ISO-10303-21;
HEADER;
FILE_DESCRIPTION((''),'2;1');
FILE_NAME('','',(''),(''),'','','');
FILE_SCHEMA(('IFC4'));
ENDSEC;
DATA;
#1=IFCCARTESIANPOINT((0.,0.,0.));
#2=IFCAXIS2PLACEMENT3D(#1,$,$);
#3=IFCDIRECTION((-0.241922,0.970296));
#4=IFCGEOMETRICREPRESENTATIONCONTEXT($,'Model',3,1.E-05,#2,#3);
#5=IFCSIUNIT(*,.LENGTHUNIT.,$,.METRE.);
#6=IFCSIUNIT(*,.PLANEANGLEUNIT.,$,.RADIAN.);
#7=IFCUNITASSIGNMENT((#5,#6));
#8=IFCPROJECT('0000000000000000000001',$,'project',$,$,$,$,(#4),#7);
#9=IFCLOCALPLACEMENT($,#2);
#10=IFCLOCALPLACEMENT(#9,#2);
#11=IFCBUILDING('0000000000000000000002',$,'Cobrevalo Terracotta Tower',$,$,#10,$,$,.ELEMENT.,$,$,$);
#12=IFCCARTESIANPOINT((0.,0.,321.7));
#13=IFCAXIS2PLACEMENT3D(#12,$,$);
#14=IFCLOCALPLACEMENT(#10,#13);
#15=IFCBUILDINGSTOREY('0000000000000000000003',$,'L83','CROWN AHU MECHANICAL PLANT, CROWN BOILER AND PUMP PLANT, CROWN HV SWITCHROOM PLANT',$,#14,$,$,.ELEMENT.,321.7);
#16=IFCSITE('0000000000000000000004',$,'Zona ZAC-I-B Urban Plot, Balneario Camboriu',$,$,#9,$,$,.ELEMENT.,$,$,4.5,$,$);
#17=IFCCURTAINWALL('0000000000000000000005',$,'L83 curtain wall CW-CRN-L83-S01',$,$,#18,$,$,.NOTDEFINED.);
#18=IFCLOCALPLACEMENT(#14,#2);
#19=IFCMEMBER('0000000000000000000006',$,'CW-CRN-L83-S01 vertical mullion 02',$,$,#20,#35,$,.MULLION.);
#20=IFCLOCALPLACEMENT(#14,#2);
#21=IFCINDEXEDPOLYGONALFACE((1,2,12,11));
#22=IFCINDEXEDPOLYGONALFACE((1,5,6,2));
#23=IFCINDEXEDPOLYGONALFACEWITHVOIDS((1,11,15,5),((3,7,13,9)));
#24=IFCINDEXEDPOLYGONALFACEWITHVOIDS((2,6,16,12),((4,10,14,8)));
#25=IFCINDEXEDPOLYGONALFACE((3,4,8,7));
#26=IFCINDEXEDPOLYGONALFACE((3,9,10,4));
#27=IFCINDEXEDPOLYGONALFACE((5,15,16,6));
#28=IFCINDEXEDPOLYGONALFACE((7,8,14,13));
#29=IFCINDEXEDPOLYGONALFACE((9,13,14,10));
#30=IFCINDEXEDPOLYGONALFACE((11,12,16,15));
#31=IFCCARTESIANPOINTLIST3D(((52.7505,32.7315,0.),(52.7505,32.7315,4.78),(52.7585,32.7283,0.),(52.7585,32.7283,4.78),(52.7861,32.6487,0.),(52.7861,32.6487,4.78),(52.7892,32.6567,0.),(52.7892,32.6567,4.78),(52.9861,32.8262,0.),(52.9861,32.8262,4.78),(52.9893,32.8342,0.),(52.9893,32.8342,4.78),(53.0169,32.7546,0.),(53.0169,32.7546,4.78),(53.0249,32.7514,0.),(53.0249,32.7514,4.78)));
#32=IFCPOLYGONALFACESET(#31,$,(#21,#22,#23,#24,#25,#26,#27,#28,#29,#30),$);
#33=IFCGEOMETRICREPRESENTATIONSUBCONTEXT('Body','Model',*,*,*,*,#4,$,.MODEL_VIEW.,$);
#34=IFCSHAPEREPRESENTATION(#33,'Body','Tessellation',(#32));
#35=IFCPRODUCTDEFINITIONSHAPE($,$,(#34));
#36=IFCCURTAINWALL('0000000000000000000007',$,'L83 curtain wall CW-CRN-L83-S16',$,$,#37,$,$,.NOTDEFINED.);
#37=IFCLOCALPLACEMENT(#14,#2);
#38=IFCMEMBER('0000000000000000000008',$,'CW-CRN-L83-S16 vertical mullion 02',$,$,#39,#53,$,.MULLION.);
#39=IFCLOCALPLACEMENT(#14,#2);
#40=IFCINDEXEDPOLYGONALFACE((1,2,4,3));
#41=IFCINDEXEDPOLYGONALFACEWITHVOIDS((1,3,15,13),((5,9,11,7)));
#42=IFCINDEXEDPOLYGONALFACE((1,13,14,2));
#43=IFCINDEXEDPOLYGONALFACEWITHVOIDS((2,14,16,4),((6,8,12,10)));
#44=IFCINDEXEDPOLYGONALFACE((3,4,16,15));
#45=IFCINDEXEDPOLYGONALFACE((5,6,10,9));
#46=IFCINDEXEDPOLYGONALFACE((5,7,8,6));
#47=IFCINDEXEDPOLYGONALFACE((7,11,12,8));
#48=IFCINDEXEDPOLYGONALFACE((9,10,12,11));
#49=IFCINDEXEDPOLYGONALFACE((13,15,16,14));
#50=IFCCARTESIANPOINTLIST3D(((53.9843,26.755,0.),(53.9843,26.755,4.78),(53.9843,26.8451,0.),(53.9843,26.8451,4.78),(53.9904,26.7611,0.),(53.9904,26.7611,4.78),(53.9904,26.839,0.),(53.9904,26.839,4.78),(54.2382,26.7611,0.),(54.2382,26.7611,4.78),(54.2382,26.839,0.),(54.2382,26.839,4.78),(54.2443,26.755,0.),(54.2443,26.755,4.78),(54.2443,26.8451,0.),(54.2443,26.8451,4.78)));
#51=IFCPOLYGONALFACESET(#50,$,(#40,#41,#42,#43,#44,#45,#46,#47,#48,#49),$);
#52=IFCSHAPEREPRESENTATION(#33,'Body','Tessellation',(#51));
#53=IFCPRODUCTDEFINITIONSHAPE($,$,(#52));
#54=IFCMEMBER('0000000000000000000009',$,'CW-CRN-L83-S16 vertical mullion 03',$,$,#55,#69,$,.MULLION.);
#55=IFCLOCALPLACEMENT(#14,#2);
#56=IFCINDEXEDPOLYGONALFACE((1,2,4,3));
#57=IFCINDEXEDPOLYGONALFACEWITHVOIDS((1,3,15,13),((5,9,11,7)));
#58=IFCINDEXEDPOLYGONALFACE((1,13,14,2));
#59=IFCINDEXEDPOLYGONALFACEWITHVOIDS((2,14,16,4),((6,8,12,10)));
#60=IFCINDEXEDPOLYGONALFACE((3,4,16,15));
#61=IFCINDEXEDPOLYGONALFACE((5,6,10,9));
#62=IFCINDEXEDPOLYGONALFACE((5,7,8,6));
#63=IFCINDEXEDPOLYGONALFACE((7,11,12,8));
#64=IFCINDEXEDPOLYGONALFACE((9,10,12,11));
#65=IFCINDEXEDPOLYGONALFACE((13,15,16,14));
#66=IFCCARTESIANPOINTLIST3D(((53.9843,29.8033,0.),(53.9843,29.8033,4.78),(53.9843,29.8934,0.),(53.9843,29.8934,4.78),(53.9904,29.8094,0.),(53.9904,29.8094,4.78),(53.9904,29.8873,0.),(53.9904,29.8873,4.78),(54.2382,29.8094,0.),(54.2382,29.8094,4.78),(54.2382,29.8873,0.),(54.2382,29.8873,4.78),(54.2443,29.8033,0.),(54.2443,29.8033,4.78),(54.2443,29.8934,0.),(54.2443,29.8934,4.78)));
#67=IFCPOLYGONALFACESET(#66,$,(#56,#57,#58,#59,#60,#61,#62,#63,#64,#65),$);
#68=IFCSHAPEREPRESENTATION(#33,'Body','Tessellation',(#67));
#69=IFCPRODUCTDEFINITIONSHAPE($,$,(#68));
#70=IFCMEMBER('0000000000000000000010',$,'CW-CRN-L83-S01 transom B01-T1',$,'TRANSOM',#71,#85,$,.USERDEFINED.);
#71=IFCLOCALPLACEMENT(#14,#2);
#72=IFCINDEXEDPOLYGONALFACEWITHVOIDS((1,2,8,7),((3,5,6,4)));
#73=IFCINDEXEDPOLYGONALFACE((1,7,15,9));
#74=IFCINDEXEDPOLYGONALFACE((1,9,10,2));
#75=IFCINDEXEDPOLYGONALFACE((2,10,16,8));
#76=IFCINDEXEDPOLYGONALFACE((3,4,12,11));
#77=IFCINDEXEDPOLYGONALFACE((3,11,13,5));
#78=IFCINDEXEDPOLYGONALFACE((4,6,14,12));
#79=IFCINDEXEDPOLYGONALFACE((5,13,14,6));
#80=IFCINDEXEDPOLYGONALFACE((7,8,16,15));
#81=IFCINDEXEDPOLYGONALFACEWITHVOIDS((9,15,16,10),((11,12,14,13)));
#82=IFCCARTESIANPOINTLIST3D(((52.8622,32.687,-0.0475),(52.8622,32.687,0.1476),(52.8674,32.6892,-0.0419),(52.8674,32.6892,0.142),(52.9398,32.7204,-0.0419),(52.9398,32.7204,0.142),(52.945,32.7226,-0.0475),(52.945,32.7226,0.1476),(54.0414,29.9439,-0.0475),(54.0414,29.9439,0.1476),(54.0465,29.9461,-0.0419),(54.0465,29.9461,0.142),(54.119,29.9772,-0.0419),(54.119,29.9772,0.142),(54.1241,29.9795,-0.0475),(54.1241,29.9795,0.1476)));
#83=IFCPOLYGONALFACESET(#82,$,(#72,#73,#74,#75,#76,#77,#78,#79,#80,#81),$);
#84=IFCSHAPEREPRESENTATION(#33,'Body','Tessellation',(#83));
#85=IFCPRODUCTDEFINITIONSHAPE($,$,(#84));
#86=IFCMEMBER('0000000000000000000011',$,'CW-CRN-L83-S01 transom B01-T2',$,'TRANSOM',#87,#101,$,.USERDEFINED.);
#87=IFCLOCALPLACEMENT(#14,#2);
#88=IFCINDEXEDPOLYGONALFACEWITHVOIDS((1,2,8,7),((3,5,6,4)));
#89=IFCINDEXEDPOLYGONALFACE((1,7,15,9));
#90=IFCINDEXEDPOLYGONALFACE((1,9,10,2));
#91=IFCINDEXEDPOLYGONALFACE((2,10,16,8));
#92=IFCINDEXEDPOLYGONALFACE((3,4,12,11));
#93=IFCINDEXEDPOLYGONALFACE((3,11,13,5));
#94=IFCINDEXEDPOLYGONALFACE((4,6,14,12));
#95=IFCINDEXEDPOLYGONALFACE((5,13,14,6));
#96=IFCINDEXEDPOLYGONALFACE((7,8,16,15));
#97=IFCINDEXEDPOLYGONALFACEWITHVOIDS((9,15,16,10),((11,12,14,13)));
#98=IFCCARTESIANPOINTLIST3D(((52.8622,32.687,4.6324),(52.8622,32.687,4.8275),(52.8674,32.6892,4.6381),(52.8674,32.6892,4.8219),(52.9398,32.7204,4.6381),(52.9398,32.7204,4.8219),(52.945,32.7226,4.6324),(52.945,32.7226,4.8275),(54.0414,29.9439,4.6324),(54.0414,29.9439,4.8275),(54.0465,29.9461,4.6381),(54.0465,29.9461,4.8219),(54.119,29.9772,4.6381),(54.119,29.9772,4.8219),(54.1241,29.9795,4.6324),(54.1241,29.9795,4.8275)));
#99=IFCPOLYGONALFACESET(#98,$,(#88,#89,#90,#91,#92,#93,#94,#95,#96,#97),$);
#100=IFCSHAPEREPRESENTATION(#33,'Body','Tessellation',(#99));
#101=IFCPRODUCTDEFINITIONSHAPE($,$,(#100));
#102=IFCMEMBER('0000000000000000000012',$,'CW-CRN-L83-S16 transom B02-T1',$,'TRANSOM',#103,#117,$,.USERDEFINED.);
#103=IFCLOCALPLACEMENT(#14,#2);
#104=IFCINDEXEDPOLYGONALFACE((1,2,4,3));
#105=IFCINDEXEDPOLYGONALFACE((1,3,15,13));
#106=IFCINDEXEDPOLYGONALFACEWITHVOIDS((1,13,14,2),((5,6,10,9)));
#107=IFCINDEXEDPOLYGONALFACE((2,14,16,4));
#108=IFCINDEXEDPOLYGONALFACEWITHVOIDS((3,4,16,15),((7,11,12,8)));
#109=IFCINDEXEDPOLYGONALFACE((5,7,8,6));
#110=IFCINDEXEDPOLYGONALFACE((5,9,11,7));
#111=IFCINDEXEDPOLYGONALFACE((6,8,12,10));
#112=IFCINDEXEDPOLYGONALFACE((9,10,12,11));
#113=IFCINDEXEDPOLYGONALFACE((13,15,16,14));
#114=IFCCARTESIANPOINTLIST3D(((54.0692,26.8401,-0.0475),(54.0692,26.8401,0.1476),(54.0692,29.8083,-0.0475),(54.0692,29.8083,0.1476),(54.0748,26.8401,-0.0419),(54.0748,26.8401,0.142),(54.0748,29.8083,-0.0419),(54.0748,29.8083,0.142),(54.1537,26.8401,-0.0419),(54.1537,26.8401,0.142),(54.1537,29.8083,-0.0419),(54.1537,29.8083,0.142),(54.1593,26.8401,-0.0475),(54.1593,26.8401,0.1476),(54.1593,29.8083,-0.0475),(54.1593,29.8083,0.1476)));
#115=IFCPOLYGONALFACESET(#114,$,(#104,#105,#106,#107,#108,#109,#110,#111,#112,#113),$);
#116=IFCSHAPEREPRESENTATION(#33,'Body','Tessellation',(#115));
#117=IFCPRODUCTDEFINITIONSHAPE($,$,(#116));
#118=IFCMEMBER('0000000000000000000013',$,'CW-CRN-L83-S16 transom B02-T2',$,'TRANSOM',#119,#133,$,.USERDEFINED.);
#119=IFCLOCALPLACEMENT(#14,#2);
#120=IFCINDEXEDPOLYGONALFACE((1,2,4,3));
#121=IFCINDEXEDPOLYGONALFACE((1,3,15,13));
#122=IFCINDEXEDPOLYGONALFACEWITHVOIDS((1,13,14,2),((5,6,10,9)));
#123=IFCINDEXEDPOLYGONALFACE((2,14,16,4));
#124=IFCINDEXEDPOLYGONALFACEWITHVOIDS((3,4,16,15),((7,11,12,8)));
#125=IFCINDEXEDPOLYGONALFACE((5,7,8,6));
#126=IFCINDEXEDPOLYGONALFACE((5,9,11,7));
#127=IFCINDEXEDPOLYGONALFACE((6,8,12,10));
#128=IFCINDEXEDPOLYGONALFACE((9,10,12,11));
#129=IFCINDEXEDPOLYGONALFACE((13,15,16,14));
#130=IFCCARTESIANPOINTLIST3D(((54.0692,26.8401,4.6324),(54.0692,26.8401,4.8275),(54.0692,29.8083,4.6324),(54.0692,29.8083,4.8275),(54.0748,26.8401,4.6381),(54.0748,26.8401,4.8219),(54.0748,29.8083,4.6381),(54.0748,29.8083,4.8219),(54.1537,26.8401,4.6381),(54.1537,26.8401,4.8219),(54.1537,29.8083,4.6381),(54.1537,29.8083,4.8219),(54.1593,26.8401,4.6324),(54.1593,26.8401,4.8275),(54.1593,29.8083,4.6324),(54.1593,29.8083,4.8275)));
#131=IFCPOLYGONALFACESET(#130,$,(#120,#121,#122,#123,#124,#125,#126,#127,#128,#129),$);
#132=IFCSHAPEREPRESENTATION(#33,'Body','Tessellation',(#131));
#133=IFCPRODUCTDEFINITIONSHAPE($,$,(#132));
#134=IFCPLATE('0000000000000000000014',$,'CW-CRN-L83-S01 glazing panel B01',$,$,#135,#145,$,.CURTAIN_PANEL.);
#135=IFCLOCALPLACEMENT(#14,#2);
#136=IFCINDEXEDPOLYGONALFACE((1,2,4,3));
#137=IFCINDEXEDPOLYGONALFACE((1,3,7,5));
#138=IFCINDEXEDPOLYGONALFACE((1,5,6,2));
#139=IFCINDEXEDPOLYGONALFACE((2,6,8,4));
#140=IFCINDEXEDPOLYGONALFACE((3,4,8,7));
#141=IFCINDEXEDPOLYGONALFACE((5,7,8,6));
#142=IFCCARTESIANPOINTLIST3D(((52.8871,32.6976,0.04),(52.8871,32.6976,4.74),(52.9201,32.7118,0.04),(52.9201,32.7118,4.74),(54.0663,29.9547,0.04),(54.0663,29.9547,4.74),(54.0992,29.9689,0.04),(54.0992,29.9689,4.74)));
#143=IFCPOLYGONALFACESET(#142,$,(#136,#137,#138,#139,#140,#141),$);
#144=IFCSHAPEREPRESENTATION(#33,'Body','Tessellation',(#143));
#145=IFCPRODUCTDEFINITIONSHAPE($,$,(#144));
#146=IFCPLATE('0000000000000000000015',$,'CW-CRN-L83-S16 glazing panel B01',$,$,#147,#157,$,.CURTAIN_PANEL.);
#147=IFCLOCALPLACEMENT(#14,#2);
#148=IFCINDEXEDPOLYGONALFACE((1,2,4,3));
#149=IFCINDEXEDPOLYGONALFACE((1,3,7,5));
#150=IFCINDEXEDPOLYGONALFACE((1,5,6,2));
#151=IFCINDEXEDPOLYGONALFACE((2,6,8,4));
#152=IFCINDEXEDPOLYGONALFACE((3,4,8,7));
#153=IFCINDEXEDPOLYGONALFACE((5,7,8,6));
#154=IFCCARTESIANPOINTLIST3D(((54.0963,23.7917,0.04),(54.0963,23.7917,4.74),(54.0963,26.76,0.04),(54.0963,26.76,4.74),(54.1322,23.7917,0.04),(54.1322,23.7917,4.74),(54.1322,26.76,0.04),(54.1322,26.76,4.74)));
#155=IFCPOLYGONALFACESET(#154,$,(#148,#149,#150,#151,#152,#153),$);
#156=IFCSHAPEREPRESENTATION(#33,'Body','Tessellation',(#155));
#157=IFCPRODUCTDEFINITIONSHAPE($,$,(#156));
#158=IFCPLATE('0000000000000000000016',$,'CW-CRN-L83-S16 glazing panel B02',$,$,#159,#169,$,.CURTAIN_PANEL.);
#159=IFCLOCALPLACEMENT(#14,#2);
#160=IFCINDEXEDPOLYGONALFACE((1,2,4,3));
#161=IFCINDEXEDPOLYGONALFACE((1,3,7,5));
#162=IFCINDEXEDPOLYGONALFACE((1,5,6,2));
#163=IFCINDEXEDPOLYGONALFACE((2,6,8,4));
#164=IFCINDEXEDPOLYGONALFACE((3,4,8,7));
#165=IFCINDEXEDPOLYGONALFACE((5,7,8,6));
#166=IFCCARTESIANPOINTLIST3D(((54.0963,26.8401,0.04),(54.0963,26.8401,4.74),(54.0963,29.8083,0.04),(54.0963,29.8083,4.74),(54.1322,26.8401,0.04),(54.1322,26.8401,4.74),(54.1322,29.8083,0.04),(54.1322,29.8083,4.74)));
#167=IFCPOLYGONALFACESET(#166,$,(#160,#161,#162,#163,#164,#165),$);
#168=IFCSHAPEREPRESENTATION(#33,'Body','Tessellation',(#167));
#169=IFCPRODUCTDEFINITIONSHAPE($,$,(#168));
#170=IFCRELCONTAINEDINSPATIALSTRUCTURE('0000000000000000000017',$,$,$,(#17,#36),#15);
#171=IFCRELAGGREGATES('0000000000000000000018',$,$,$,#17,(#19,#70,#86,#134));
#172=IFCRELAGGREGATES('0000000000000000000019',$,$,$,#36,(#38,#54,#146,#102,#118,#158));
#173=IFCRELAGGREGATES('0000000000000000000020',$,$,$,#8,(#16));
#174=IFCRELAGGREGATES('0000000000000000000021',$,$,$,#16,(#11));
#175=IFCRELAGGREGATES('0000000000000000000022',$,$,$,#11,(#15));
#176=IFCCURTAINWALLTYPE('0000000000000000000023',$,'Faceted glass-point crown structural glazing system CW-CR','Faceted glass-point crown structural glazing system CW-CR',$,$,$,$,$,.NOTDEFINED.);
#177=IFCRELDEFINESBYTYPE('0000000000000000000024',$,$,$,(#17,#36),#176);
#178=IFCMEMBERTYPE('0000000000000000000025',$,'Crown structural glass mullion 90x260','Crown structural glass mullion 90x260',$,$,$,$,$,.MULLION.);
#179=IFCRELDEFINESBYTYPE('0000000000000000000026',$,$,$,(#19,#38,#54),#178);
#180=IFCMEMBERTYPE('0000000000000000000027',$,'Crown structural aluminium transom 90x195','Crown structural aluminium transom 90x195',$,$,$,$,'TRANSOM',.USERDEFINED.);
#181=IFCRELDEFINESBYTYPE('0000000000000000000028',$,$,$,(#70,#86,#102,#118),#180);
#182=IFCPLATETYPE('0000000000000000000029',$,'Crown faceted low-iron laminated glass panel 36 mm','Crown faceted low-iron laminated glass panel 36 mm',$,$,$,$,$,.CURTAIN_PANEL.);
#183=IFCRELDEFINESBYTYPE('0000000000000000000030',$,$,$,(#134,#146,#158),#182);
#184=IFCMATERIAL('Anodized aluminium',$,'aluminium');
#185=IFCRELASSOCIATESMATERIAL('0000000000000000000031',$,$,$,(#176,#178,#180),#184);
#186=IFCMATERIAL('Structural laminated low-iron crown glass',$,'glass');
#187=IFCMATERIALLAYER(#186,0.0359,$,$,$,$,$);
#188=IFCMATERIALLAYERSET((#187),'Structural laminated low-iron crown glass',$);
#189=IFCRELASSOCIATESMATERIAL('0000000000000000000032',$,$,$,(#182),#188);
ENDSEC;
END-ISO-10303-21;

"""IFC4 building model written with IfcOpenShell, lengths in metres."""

from ifc_helpers import new_model, si_unit, direction, frame, origin, origin_2d, place, context, subcontext, project, spatial, rectangle, hollow_rectangle, extrude, source, transform, mapped, material, layer, layer_set, material_profile, profile_set, type_object, element, aggregate, save


model = new_model("IFC4")

# Units and contexts
model_context = context("Model", 3, precision=1e-05, world=origin(), true_north=direction((-0.241922, 0.970296)))
body_context = subcontext(model_context, "Body", "Model", "MODEL_VIEW")
ifc_project = project(units=[si_unit("LENGTHUNIT", "METRE"), si_unit("PLANEANGLEUNIT", "RADIAN")], contexts=[model_context])

# Site, building, storey
site_placement = place(None, origin())
site = spatial("IfcSite", under=ifc_project, at=site_placement, Name="Zona ZAC-I-B Urban Plot, Balneario Camboriu", CompositionType="ELEMENT", RefElevation=4.5)
building_placement = place(site_placement, origin())
building = spatial("IfcBuilding", under=site, at=building_placement, Name="Cobrevalo Terracotta Tower", CompositionType="ELEMENT")
storey_placement = place(building_placement, frame((0.0, 0.0, 321.7)))
storey = spatial("IfcBuildingStorey", under=building, at=storey_placement, Name="L83", Description="CROWN AHU MECHANICAL PLANT, CROWN BOILER AND PUMP PLANT, CROWN HV SWITCHROOM PLANT", CompositionType="ELEMENT", Elevation=321.7)

# Curtain walls, members
ifc_material_1 = material(Name="Anodized aluminium", Category="aluminium")
curtain_wall_type = type_object("IfcCurtainWallType", Name="Faceted glass-point crown structural glazing system CW-CR", Description="Faceted glass-point crown structural glazing system CW-CR", PredefinedType="NOTDEFINED", material=ifc_material_1)
curtain_wall_1_placement = place(storey_placement, origin())
curtain_wall_1 = element("IfcCurtainWall", 1, at=curtain_wall_1_placement, inside=storey, type_object=curtain_wall_type, Name="L83 curtain wall CW-CRN-L83-S01", PredefinedType="NOTDEFINED")
ifc_material_profile_1 = material_profile(ifc_material_1, hollow_rectangle(XDim=0.0901, YDim=0.26, WallThickness=0.0061, at=origin_2d()), Name="CWM 90x260")
ifc_profile_set_1 = profile_set([ifc_material_profile_1], Name="Anodized aluminium")
member_type_1 = type_object("IfcMemberType", Name="Crown structural glass mullion 90x260", Description="Crown structural glass mullion 90x260", PredefinedType="MULLION", material=ifc_profile_set_1)
shared_shape_1 = source(origin(), body_context, "Body", "SweptSolid", [
    extrude(hollow_rectangle(XDim=0.0901, YDim=0.26, WallThickness=0.0061, at=origin_2d()), origin(), (0.0, 0.0, 1.0), 4.78),
])
member_1_placement = place(storey_placement, frame((52.8877, 32.7415, 0.0), z_axis=(0.0, 0.0, 1.0), x_axis=(-0.394968, 0.918695, 0.0)))
member_1 = element("IfcMember", 2, at=member_1_placement, type_object=member_type_1, Name="CW-CRN-L83-S01 vertical mullion 02", PredefinedType="MULLION", context=body_context, shape_type="MappedRepresentation", body=[
    mapped(shared_shape_1, transform((0.0, 0.0, 0.0), scale=1.0)),
])
curtain_wall_2_placement = place(storey_placement, origin())
curtain_wall_2 = element("IfcCurtainWall", 3, at=curtain_wall_2_placement, inside=storey, type_object=curtain_wall_type, Name="L83 curtain wall CW-CRN-L83-S16", PredefinedType="NOTDEFINED")
member_2_placement = place(storey_placement, frame((54.1143, 26.8, 0.0), z_axis=(0.0, 0.0, 1.0), x_axis=(0.0, 1.0, 0.0)))
member_2 = element("IfcMember", 4, at=member_2_placement, type_object=member_type_1, Name="CW-CRN-L83-S16 vertical mullion 02", PredefinedType="MULLION", context=body_context, shape_type="MappedRepresentation", body=[
    mapped(shared_shape_1, transform((0.0, 0.0, 0.0), scale=1.0)),
])
member_3_placement = place(storey_placement, frame((54.1143, 29.8484, 0.0), z_axis=(0.0, 0.0, 1.0), x_axis=(0.0, 1.0, 0.0)))
member_3 = element("IfcMember", 5, at=member_3_placement, type_object=member_type_1, Name="CW-CRN-L83-S16 vertical mullion 03", PredefinedType="MULLION", context=body_context, shape_type="MappedRepresentation", body=[
    mapped(shared_shape_1, transform((0.0, 0.0, 0.0), scale=1.0)),
])

# Members
ifc_material_profile_2 = material_profile(ifc_material_1, hollow_rectangle(XDim=0.0901, YDim=0.1951, WallThickness=0.0056, at=origin_2d()), Name="CWT 90x195")
ifc_profile_set_2 = profile_set([ifc_material_profile_2], Name="Anodized aluminium")
member_type_2 = type_object("IfcMemberType", Name="Crown structural aluminium transom 90x195", Description="Crown structural aluminium transom 90x195", ElementType="TRANSOM", PredefinedType="USERDEFINED", material=ifc_profile_set_2)
shared_shape_2 = source(origin(), body_context, "Body", "SweptSolid", [
    extrude(hollow_rectangle(XDim=0.0901, YDim=0.1951, WallThickness=0.0056, at=origin_2d()), origin(), (0.0, 0.0, 1.0), 2.9858),
])
member_4_placement = place(storey_placement, frame((54.0828, 29.9617, 0.05), z_axis=(-0.394926, 0.918713, 0.0), x_axis=(-0.918713, -0.394926, 0.0)))
member_4 = element("IfcMember", 6, at=member_4_placement, type_object=member_type_2, Name="CW-CRN-L83-S01 transom B01-T1", ObjectType="TRANSOM", PredefinedType="USERDEFINED", context=body_context, shape_type="MappedRepresentation", body=[
    mapped(shared_shape_2, transform((0.0, 0.0, 0.0), scale=1.0)),
])
member_5_placement = place(storey_placement, frame((54.0828, 29.9617, 4.73), z_axis=(-0.394926, 0.918713, 0.0), x_axis=(-0.918713, -0.394926, 0.0)))
member_5 = element("IfcMember", 7, at=member_5_placement, type_object=member_type_2, Name="CW-CRN-L83-S01 transom B01-T2", ObjectType="TRANSOM", PredefinedType="USERDEFINED", context=body_context, shape_type="MappedRepresentation", body=[
    mapped(shared_shape_2, transform((0.0, 0.0, 0.0), scale=1.0)),
])
shared_shape_3 = source(origin(), body_context, "Body", "SweptSolid", [
    extrude(hollow_rectangle(XDim=0.0901, YDim=0.1951, WallThickness=0.0056, at=origin_2d()), origin(), (0.0, 0.0, 1.0), 2.9683),
])
member_6_placement = place(storey_placement, frame((54.1143, 26.8401, 0.05), z_axis=(0.0, 1.0, 0.0), x_axis=(-1.0, 0.0, 0.0)))
member_6 = element("IfcMember", 8, at=member_6_placement, type_object=member_type_2, Name="CW-CRN-L83-S16 transom B02-T1", ObjectType="TRANSOM", PredefinedType="USERDEFINED", context=body_context, shape_type="MappedRepresentation", body=[
    mapped(shared_shape_3, transform((0.0, 0.0, 0.0), scale=1.0)),
])
member_7_placement = place(storey_placement, frame((54.1143, 26.8401, 4.73), z_axis=(0.0, 1.0, 0.0), x_axis=(-1.0, 0.0, 0.0)))
member_7 = element("IfcMember", 9, at=member_7_placement, type_object=member_type_2, Name="CW-CRN-L83-S16 transom B02-T2", ObjectType="TRANSOM", PredefinedType="USERDEFINED", context=body_context, shape_type="MappedRepresentation", body=[
    mapped(shared_shape_3, transform((0.0, 0.0, 0.0), scale=1.0)),
])

# Plates
ifc_material_2 = material(Name="Structural laminated low-iron crown glass", Category="glass")
ifc_layer_1 = layer(ifc_material_2, 0.0359)
ifc_layer_set_1 = layer_set([ifc_layer_1], Name="Structural laminated low-iron crown glass")
plate_type = type_object("IfcPlateType", Name="Crown faceted low-iron laminated glass panel 36 mm", Description="Crown faceted low-iron laminated glass panel 36 mm", PredefinedType="CURTAIN_PANEL", material=ifc_layer_set_1)
shared_shape_4 = source(origin(), body_context, "Body", "SweptSolid", [
    extrude(rectangle(XDim=2.9856, YDim=0.0359, at=origin_2d()), origin(), (0.0, 0.0, 1.0), 4.7),
])
plate_1_placement = place(storey_placement, frame((53.4932, 31.3333, 0.04), z_axis=(0.0, 0.0, 1.0), x_axis=(-0.39496, 0.918698, 0.0)))
plate_1 = element("IfcPlate", 10, at=plate_1_placement, type_object=plate_type, Name="CW-CRN-L83-S01 glazing panel B01", PredefinedType="CURTAIN_PANEL", context=body_context, shape_type="MappedRepresentation", body=[
    mapped(shared_shape_4, transform((0.0, 0.0, 0.0), scale=1.0)),
])
aggregate(curtain_wall_1, [member_1, member_4, member_5, plate_1])
shared_shape_5 = source(origin(), body_context, "Body", "SweptSolid", [
    extrude(rectangle(XDim=2.9683, YDim=0.0359, at=origin_2d()), origin(), (0.0, 0.0, 1.0), 4.7),
])
plate_2_placement = place(storey_placement, frame((54.1143, 25.2759, 0.04), z_axis=(0.0, 0.0, 1.0), x_axis=(0.0, 1.0, 0.0)))
plate_2 = element("IfcPlate", 11, at=plate_2_placement, type_object=plate_type, Name="CW-CRN-L83-S16 glazing panel B01", PredefinedType="CURTAIN_PANEL", context=body_context, shape_type="MappedRepresentation", body=[
    mapped(shared_shape_5, transform((0.0, 0.0, 0.0), scale=1.0)),
])
plate_3_placement = place(storey_placement, frame((54.1143, 28.3242, 0.04), z_axis=(0.0, 0.0, 1.0), x_axis=(0.0, 1.0, 0.0)))
plate_3 = element("IfcPlate", 12, at=plate_3_placement, type_object=plate_type, Name="CW-CRN-L83-S16 glazing panel B02", PredefinedType="CURTAIN_PANEL", context=body_context, shape_type="MappedRepresentation", body=[
    mapped(shared_shape_5, transform((0.0, 0.0, 0.0), scale=1.0)),
])
aggregate(curtain_wall_2, [member_2, member_3, plate_2, member_6, member_7, plate_3])

save(model, "model.ifc")
